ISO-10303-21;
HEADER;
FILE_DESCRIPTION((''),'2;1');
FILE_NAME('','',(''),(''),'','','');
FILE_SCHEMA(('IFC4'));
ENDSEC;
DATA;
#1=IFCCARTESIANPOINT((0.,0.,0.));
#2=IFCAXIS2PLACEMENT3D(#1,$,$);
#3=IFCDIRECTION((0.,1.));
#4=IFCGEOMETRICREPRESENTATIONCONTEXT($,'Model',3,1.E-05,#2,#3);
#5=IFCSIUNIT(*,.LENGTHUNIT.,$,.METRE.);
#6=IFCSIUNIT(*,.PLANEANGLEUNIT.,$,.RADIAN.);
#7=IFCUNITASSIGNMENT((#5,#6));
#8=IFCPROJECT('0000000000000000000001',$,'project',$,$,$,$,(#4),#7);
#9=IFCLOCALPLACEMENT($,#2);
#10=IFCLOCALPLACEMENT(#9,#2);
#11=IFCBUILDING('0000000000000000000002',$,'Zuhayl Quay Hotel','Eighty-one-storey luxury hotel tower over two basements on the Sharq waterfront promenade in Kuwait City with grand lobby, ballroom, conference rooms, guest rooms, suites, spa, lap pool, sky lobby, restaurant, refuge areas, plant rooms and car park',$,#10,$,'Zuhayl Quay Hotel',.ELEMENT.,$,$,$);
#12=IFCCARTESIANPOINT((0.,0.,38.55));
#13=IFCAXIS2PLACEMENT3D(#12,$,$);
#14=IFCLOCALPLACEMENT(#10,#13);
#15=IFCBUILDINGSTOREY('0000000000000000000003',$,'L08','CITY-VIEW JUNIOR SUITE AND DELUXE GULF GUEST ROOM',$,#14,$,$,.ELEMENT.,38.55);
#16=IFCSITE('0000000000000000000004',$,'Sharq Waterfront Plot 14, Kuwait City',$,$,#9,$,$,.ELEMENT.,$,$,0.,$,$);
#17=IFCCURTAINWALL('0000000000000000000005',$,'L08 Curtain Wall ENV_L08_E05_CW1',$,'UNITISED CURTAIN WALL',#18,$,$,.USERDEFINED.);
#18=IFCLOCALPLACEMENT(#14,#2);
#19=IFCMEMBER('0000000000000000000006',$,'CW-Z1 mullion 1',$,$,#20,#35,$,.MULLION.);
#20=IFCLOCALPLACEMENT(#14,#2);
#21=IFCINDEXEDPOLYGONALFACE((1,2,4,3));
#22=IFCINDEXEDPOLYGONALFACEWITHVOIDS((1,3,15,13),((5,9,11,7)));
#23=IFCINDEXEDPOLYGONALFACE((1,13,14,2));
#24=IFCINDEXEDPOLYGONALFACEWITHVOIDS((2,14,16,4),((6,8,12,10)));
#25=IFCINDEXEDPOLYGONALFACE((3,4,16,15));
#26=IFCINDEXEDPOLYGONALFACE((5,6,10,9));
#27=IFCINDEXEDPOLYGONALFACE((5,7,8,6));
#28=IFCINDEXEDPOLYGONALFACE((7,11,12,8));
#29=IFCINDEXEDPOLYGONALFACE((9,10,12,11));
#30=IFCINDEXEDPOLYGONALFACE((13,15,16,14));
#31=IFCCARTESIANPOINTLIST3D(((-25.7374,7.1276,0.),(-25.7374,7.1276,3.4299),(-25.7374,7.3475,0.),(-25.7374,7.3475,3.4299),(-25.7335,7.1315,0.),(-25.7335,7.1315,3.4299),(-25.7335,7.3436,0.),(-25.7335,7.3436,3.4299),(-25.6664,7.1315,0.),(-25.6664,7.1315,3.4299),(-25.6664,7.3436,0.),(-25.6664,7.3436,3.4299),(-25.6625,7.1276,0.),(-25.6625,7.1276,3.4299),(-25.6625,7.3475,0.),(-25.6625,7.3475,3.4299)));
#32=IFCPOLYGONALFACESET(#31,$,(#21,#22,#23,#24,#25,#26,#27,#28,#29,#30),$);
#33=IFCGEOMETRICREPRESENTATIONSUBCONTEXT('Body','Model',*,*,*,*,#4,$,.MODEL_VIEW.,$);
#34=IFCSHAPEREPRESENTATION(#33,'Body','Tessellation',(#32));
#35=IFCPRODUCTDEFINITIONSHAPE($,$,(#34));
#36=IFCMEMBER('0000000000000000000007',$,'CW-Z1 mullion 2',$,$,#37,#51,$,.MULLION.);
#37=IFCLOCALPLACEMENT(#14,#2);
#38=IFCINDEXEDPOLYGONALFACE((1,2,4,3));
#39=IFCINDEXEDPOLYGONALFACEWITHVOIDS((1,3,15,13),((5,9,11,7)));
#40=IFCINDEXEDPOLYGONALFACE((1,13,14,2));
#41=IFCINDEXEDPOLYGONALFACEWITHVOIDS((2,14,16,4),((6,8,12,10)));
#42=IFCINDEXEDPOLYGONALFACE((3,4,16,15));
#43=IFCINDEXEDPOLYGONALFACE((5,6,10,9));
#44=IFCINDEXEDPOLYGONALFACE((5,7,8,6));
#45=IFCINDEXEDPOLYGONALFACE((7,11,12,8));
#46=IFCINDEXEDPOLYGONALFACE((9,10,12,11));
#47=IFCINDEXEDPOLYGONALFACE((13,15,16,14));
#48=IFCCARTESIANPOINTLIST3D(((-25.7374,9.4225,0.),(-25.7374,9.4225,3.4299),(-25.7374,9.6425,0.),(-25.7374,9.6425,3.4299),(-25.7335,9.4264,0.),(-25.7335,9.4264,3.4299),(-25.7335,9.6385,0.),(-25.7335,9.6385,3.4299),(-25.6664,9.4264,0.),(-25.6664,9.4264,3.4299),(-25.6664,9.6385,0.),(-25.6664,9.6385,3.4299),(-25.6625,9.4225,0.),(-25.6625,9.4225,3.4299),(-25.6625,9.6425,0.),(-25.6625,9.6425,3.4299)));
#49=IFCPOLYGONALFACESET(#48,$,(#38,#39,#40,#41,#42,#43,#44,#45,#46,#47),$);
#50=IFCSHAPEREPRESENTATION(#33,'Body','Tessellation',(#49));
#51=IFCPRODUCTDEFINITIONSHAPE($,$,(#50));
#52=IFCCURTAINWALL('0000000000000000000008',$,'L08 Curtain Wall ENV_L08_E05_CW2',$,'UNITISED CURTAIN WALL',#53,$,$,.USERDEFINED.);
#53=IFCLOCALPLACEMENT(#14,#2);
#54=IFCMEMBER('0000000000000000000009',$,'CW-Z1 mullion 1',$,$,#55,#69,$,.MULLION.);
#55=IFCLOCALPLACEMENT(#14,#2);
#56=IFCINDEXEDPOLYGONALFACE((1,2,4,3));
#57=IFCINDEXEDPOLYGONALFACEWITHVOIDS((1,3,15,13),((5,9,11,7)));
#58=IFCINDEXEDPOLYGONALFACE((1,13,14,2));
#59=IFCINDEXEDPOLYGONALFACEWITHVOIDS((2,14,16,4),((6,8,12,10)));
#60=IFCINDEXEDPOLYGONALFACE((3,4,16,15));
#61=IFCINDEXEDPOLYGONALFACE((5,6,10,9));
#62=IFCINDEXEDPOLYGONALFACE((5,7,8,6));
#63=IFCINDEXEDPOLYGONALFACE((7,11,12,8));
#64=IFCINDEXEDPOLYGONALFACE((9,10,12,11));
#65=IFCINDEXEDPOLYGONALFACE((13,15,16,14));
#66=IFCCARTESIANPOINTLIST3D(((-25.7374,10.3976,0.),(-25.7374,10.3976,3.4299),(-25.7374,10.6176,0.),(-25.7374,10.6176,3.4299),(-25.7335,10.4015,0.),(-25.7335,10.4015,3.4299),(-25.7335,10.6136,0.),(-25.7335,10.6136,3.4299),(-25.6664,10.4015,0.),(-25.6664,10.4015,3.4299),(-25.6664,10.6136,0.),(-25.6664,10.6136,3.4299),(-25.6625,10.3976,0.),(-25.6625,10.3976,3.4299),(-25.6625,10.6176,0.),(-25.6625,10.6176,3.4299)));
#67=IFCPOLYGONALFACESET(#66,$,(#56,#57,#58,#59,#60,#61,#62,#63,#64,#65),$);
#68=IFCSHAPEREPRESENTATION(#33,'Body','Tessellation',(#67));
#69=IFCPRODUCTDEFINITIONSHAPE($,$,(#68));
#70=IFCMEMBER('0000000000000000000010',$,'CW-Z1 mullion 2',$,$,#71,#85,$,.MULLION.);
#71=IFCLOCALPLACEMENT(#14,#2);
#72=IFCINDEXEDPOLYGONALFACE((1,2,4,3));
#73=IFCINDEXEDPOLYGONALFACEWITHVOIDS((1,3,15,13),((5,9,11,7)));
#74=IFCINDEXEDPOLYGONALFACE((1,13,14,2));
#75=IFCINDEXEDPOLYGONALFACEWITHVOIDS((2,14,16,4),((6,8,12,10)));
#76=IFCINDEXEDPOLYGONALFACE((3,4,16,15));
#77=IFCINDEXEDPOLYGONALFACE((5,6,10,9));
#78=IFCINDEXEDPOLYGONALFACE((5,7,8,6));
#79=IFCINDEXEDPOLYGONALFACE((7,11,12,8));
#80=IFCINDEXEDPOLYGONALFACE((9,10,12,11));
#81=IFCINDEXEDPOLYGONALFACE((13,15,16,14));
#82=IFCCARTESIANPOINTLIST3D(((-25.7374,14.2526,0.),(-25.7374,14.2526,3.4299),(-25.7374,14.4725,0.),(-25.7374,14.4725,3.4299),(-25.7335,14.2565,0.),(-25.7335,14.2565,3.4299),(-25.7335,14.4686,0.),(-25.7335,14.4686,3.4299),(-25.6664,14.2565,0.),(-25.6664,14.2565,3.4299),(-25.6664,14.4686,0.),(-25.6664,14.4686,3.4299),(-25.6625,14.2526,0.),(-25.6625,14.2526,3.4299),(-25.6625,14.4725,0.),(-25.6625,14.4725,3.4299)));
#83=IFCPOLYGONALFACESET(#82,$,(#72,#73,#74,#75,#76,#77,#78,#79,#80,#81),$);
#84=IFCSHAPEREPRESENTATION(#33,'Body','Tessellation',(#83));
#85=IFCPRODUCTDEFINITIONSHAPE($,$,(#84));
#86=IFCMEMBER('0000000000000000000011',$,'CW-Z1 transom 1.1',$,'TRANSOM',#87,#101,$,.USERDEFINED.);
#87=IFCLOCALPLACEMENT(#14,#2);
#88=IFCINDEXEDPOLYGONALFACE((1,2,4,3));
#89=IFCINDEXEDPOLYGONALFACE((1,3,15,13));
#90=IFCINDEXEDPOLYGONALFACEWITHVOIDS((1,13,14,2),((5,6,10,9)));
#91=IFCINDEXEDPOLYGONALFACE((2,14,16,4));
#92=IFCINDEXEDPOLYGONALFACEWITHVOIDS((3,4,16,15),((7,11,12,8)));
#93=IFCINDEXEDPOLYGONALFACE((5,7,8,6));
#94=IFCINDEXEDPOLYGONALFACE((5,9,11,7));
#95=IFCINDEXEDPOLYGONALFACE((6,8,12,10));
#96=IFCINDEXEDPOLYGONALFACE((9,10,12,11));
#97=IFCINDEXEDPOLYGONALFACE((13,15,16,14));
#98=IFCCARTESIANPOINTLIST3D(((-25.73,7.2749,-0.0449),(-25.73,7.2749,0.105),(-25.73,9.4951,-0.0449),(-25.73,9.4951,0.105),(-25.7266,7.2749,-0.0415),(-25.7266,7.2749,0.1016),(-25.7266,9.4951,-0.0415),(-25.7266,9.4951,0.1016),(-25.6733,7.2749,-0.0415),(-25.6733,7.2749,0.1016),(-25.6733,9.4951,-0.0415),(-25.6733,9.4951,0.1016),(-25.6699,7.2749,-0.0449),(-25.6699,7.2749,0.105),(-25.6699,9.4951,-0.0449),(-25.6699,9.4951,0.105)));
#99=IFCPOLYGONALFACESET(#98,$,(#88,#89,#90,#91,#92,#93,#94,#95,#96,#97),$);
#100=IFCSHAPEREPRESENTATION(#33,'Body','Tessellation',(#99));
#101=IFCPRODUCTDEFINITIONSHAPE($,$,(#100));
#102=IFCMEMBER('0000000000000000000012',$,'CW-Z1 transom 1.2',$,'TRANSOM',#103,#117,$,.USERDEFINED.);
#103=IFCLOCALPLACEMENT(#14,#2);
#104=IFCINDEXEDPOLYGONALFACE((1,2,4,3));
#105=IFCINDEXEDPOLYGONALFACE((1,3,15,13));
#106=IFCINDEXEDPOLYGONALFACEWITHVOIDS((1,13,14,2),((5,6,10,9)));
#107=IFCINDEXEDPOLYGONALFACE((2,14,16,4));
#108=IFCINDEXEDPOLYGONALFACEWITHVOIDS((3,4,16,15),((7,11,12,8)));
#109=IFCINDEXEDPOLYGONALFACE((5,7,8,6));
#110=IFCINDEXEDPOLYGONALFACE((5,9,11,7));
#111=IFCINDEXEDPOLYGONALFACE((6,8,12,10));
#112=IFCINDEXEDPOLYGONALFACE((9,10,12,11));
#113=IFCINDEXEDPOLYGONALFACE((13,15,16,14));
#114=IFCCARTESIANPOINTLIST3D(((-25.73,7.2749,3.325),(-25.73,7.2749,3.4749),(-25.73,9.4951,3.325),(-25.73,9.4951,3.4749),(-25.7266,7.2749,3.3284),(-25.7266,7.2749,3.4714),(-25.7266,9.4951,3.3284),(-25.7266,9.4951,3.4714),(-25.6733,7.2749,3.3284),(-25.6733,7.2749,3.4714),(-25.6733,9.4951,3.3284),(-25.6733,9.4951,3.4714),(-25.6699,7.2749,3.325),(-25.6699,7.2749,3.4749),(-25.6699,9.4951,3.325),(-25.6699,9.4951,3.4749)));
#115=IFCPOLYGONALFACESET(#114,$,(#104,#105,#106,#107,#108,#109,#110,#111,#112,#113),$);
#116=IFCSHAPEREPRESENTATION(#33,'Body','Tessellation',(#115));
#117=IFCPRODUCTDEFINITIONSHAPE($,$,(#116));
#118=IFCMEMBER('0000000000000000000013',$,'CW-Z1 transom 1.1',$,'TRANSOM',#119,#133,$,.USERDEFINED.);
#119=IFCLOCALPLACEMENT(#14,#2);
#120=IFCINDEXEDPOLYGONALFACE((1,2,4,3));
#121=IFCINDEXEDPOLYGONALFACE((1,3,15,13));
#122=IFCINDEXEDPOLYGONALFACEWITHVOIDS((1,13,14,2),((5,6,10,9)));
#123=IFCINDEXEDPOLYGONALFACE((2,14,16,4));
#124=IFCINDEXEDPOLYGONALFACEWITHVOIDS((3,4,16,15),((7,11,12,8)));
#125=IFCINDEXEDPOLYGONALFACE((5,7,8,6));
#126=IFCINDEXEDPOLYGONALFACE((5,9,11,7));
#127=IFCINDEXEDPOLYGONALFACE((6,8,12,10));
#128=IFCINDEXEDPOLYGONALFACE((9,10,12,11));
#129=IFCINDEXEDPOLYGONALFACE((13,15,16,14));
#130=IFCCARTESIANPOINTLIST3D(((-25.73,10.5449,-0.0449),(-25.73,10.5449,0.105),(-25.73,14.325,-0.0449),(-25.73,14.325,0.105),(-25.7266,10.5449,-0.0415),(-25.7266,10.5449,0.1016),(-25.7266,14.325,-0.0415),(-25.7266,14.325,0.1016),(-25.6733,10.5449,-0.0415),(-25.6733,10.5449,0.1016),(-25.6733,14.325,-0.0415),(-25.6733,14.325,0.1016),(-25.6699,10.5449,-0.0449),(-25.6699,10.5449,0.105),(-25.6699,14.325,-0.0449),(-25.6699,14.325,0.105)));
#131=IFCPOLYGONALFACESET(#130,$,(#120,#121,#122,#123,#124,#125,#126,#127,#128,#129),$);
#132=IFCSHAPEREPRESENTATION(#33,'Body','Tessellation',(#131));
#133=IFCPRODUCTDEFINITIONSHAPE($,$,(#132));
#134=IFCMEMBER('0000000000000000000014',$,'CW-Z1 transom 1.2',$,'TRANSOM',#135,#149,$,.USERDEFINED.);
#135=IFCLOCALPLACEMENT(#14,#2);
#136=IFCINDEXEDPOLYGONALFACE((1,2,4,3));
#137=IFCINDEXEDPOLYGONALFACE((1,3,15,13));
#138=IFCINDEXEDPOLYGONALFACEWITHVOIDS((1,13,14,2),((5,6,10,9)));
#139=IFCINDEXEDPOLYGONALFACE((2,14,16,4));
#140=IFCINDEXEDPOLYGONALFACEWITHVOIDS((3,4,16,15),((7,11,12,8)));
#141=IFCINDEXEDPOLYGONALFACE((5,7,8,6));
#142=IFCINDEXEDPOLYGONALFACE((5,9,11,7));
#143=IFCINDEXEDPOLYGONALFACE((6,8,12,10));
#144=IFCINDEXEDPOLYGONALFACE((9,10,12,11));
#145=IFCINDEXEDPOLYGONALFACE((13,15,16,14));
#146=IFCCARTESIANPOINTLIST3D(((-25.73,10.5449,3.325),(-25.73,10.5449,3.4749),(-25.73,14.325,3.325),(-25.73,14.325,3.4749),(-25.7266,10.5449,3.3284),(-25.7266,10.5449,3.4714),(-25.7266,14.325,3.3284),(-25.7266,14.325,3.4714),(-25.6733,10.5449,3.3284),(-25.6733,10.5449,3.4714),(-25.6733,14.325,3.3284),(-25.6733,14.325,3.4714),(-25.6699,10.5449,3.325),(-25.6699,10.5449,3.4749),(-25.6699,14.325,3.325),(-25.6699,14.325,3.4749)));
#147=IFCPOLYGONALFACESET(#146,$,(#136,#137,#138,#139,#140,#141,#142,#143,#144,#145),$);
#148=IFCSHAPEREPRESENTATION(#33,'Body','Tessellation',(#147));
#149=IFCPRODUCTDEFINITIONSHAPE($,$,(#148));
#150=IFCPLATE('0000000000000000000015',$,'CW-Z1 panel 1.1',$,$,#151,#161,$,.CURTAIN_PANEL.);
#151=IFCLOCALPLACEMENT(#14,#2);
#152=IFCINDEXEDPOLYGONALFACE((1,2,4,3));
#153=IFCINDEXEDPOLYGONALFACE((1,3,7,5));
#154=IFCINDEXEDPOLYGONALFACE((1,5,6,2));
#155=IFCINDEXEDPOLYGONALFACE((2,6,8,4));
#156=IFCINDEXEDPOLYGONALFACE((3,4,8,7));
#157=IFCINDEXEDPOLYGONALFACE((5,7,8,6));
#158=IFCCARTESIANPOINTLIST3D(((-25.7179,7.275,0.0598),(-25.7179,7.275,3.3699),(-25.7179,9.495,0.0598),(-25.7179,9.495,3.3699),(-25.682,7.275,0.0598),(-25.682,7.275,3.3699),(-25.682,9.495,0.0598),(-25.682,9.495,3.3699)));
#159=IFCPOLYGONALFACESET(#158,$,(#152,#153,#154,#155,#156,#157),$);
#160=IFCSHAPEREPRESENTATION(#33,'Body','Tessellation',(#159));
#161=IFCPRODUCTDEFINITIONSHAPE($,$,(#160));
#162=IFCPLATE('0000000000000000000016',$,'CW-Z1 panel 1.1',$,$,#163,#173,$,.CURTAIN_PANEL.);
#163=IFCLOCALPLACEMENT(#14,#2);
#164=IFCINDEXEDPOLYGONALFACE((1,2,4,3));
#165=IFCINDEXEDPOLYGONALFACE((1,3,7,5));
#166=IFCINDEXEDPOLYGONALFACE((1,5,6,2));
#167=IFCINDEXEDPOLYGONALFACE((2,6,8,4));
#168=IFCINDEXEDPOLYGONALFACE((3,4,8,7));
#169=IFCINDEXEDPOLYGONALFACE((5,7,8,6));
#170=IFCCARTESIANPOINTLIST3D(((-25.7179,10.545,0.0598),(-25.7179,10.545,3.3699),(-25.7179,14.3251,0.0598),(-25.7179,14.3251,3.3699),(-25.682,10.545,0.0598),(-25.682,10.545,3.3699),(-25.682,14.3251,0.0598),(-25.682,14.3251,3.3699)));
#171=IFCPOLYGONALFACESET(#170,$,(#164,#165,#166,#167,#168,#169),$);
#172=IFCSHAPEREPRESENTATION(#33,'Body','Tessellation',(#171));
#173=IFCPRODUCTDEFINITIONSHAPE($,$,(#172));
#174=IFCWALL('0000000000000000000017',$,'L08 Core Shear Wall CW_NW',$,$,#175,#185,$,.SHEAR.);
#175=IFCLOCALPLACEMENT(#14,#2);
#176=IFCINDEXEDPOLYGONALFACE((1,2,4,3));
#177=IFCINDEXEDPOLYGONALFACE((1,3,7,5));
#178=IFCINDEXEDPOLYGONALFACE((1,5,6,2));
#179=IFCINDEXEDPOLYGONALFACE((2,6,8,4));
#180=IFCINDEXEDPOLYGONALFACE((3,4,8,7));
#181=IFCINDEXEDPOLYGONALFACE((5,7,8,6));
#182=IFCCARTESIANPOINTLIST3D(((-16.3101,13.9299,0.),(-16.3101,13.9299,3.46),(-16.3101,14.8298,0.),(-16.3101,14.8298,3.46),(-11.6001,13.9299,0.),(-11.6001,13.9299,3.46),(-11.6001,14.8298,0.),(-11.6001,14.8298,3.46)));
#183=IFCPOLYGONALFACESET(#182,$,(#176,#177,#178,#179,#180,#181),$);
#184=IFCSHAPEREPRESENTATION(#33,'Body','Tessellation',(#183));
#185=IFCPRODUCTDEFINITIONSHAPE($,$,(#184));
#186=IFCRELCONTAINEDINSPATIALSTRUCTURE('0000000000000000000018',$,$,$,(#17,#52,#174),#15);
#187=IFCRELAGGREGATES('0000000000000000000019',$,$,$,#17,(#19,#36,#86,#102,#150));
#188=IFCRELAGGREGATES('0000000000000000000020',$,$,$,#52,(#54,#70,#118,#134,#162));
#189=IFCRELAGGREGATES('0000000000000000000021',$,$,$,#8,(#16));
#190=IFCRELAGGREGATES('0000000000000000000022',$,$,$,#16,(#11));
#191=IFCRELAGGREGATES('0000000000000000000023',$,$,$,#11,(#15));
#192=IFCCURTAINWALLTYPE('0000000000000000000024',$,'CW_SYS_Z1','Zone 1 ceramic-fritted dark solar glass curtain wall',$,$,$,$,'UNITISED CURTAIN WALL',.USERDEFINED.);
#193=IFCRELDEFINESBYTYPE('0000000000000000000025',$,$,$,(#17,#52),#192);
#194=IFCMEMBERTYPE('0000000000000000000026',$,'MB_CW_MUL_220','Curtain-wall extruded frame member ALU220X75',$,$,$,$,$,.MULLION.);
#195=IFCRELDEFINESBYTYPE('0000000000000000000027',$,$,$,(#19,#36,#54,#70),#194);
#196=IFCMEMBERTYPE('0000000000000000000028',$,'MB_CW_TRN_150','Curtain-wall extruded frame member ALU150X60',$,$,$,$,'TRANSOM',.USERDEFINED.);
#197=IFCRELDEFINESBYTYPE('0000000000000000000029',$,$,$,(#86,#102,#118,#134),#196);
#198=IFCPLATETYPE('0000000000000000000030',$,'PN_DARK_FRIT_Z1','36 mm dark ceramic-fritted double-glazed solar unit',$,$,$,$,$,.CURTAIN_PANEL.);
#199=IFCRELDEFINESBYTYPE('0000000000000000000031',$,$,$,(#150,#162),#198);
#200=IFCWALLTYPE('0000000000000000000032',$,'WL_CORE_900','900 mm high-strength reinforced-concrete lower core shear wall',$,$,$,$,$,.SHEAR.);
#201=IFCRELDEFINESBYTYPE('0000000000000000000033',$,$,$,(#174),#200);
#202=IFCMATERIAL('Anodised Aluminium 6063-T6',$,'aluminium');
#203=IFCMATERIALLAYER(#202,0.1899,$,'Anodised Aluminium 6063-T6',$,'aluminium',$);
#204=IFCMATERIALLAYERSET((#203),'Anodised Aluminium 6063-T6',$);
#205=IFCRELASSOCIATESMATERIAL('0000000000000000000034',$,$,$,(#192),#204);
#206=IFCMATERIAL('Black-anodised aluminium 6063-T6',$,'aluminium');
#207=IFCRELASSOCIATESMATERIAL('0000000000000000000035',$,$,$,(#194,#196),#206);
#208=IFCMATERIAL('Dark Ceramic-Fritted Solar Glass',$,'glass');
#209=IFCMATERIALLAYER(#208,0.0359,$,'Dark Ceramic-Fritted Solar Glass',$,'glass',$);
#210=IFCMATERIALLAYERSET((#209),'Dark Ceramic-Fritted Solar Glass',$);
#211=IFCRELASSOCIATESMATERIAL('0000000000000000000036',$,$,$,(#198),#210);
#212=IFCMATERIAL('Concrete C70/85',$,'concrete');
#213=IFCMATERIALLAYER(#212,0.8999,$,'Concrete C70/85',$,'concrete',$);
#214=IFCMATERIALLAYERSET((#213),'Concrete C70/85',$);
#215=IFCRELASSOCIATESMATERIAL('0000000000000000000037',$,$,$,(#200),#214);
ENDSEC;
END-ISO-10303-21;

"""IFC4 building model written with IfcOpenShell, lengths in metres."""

from ifc_helpers import new_model, si_unit, direction, frame, frame_2d, origin, origin_2d, place, context, subcontext, project, spatial, rectangle, hollow_rectangle, extrude, material, layer, layer_set, material_profile, profile_set, type_object, element, aggregate, save


model = new_model("IFC4")

# Units and contexts
model_context = context("Model", 3, precision=1e-05, world=origin(), true_north=direction((0.0, 1.0)))
body_context = subcontext(model_context, "Body", "Model", "MODEL_VIEW")
ifc_project = project(units=[si_unit("LENGTHUNIT", "METRE"), si_unit("PLANEANGLEUNIT", "RADIAN")], contexts=[model_context])

# Site, building, storey
site_placement = place(None, origin())
site = spatial("IfcSite", under=ifc_project, at=site_placement, Name="Sharq Waterfront Plot 14, Kuwait City", CompositionType="ELEMENT", RefElevation=0.0)
building_placement = place(site_placement, origin())
building = spatial("IfcBuilding", under=site, at=building_placement, Name="Zuhayl Quay Hotel", Description="Eighty-one-storey luxury hotel tower over two basements on the Sharq waterfront promenade in Kuwait City with grand lobby, ballroom, conference rooms, guest rooms, suites, spa, lap pool, sky lobby, restaurant, refuge areas, plant rooms and car park", LongName="Zuhayl Quay Hotel", CompositionType="ELEMENT")
storey_placement = place(building_placement, frame((0.0, 0.0, 38.55)))
storey = spatial("IfcBuildingStorey", under=building, at=storey_placement, Name="L08", Description="CITY-VIEW JUNIOR SUITE AND DELUXE GULF GUEST ROOM", CompositionType="ELEMENT", Elevation=38.55)

# Curtain walls, members
ifc_material_1 = material(Name="Anodised Aluminium 6063-T6", Category="aluminium")
ifc_layer_1 = layer(ifc_material_1, 0.1899, Name="Anodised Aluminium 6063-T6", Category="aluminium")
ifc_layer_set_1 = layer_set([ifc_layer_1], Name="Anodised Aluminium 6063-T6")
curtain_wall_type = type_object("IfcCurtainWallType", Name="CW_SYS_Z1", Description="Zone 1 ceramic-fritted dark solar glass curtain wall", ElementType="UNITISED CURTAIN WALL", PredefinedType="USERDEFINED", material=ifc_layer_set_1)
curtain_wall_1_placement = place(storey_placement, origin())
curtain_wall_1 = element("IfcCurtainWall", 1, at=curtain_wall_1_placement, inside=storey, type_object=curtain_wall_type, Name="L08 Curtain Wall ENV_L08_E05_CW1", ObjectType="UNITISED CURTAIN WALL", PredefinedType="USERDEFINED")
ifc_material_2 = material(Name="Black-anodised aluminium 6063-T6", Category="aluminium")
ifc_material_profile_1 = material_profile(ifc_material_2, hollow_rectangle(XDim=0.075, YDim=0.22, WallThickness=0.0039, at=origin_2d()), Name="ALU220X75")
ifc_profile_set_1 = profile_set([ifc_material_profile_1], Name="Black-anodised aluminium 6063-T6")
member_type_1 = type_object("IfcMemberType", Name="MB_CW_MUL_220", Description="Curtain-wall extruded frame member ALU220X75", PredefinedType="MULLION", material=ifc_profile_set_1)
member_1_placement = place(storey_placement, frame((-25.7, 7.2375, 0.0), z_axis=(0.0, 0.0, 1.0), x_axis=(-1.0, 0.0, 0.0)))
member_1 = element("IfcMember", 2, at=member_1_placement, type_object=member_type_1, Name="CW-Z1 mullion 1", PredefinedType="MULLION", context=body_context, shape_type="SweptSolid", body=[
    extrude(hollow_rectangle(XDim=0.075, YDim=0.22, WallThickness=0.0039, at=origin_2d()), origin(), (0.0, 0.0, 1.0), 3.4299),
])
member_2_placement = place(storey_placement, frame((-25.7, 9.5325, 0.0), z_axis=(0.0, 0.0, 1.0), x_axis=(-1.0, 0.0, 0.0)))
member_2 = element("IfcMember", 3, at=member_2_placement, type_object=member_type_1, Name="CW-Z1 mullion 2", PredefinedType="MULLION", context=body_context, shape_type="SweptSolid", body=[
    extrude(hollow_rectangle(XDim=0.075, YDim=0.22, WallThickness=0.0039, at=origin_2d()), origin(), (0.0, 0.0, 1.0), 3.4299),
])
curtain_wall_2_placement = place(storey_placement, origin())
curtain_wall_2 = element("IfcCurtainWall", 4, at=curtain_wall_2_placement, inside=storey, type_object=curtain_wall_type, Name="L08 Curtain Wall ENV_L08_E05_CW2", ObjectType="UNITISED CURTAIN WALL", PredefinedType="USERDEFINED")
member_3_placement = place(storey_placement, frame((-25.7, 10.5076, 0.0), z_axis=(0.0, 0.0, 1.0), x_axis=(-1.0, 0.0, 0.0)))
member_3 = element("IfcMember", 5, at=member_3_placement, type_object=member_type_1, Name="CW-Z1 mullion 1", PredefinedType="MULLION", context=body_context, shape_type="SweptSolid", body=[
    extrude(hollow_rectangle(XDim=0.075, YDim=0.22, WallThickness=0.0039, at=origin_2d()), origin(), (0.0, 0.0, 1.0), 3.4299),
])
member_4_placement = place(storey_placement, frame((-25.7, 14.3625, 0.0), z_axis=(0.0, 0.0, 1.0), x_axis=(-1.0, 0.0, 0.0)))
member_4 = element("IfcMember", 6, at=member_4_placement, type_object=member_type_1, Name="CW-Z1 mullion 2", PredefinedType="MULLION", context=body_context, shape_type="SweptSolid", body=[
    extrude(hollow_rectangle(XDim=0.075, YDim=0.22, WallThickness=0.0039, at=origin_2d()), origin(), (0.0, 0.0, 1.0), 3.4299),
])

# Members
ifc_material_profile_2 = material_profile(ifc_material_2, hollow_rectangle(XDim=0.0601, YDim=0.1499, WallThickness=0.0034, at=origin_2d()), Name="ALU150X60")
ifc_profile_set_2 = profile_set([ifc_material_profile_2], Name="Black-anodised aluminium 6063-T6")
member_type_2 = type_object("IfcMemberType", Name="MB_CW_TRN_150", Description="Curtain-wall extruded frame member ALU150X60", ElementType="TRANSOM", PredefinedType="USERDEFINED", material=ifc_profile_set_2)
member_5_placement = place(storey_placement, frame((-25.7, 7.2749, 0.03), z_axis=(0.0, 1.0, 0.0), x_axis=(-1.0, 0.0, 0.0)))
member_5 = element("IfcMember", 7, at=member_5_placement, type_object=member_type_2, Name="CW-Z1 transom 1.1", ObjectType="TRANSOM", PredefinedType="USERDEFINED", context=body_context, shape_type="SweptSolid", body=[
    extrude(hollow_rectangle(XDim=0.0601, YDim=0.1499, WallThickness=0.0034, at=origin_2d()), origin(), (0.0, 0.0, 1.0), 2.2202),
])
member_6_placement = place(storey_placement, frame((-25.7, 7.2749, 3.3999), z_axis=(0.0, 1.0, 0.0), x_axis=(-1.0, 0.0, 0.0)))
member_6 = element("IfcMember", 8, at=member_6_placement, type_object=member_type_2, Name="CW-Z1 transom 1.2", ObjectType="TRANSOM", PredefinedType="USERDEFINED", context=body_context, shape_type="SweptSolid", body=[
    extrude(hollow_rectangle(XDim=0.0601, YDim=0.1499, WallThickness=0.0034, at=origin_2d()), origin(), (0.0, 0.0, 1.0), 2.2202),
])
member_7_placement = place(storey_placement, frame((-25.7, 10.5449, 0.03), z_axis=(0.0, 1.0, 0.0), x_axis=(-1.0, 0.0, 0.0)))
member_7 = element("IfcMember", 9, at=member_7_placement, type_object=member_type_2, Name="CW-Z1 transom 1.1", ObjectType="TRANSOM", PredefinedType="USERDEFINED", context=body_context, shape_type="SweptSolid", body=[
    extrude(hollow_rectangle(XDim=0.0601, YDim=0.1499, WallThickness=0.0034, at=origin_2d()), origin(), (0.0, 0.0, 1.0), 3.78),
])
member_8_placement = place(storey_placement, frame((-25.7, 10.5449, 3.3999), z_axis=(0.0, 1.0, 0.0), x_axis=(-1.0, 0.0, 0.0)))
member_8 = element("IfcMember", 10, at=member_8_placement, type_object=member_type_2, Name="CW-Z1 transom 1.2", ObjectType="TRANSOM", PredefinedType="USERDEFINED", context=body_context, shape_type="SweptSolid", body=[
    extrude(hollow_rectangle(XDim=0.0601, YDim=0.1499, WallThickness=0.0034, at=origin_2d()), origin(), (0.0, 0.0, 1.0), 3.78),
])

# Plates
ifc_material_3 = material(Name="Dark Ceramic-Fritted Solar Glass", Category="glass")
ifc_layer_2 = layer(ifc_material_3, 0.0359, Name="Dark Ceramic-Fritted Solar Glass", Category="glass")
ifc_layer_set_2 = layer_set([ifc_layer_2], Name="Dark Ceramic-Fritted Solar Glass")
plate_type = type_object("IfcPlateType", Name="PN_DARK_FRIT_Z1", Description="36 mm dark ceramic-fritted double-glazed solar unit", PredefinedType="CURTAIN_PANEL", material=ifc_layer_set_2)
plate_1_placement = place(storey_placement, frame((-25.7, 8.385, 0.0598), z_axis=(0.0, 0.0, 1.0), x_axis=(0.0, 1.0, 0.0)))
plate_1 = element("IfcPlate", 11, at=plate_1_placement, type_object=plate_type, Name="CW-Z1 panel 1.1", PredefinedType="CURTAIN_PANEL", context=body_context, shape_type="SweptSolid", body=[
    extrude(rectangle(XDim=2.22, YDim=0.0359, at=origin_2d()), origin(), (0.0, 0.0, 1.0), 3.3101),
])
aggregate(curtain_wall_1, [member_1, member_2, member_5, member_6, plate_1])
plate_2_placement = place(storey_placement, frame((-25.7, 12.4351, 0.0598), z_axis=(0.0, 0.0, 1.0), x_axis=(0.0, 1.0, 0.0)))
plate_2 = element("IfcPlate", 12, at=plate_2_placement, type_object=plate_type, Name="CW-Z1 panel 1.1", PredefinedType="CURTAIN_PANEL", context=body_context, shape_type="SweptSolid", body=[
    extrude(rectangle(XDim=3.78, YDim=0.0359, at=origin_2d()), origin(), (0.0, 0.0, 1.0), 3.3101),
])
aggregate(curtain_wall_2, [member_3, member_4, member_7, member_8, plate_2])

# Wall
ifc_material_4 = material(Name="Concrete C70/85", Category="concrete")
ifc_layer_3 = layer(ifc_material_4, 0.8999, Name="Concrete C70/85", Category="concrete")
ifc_layer_set_3 = layer_set([ifc_layer_3], Name="Concrete C70/85")
wall_type_1 = type_object("IfcWallType", Name="WL_CORE_900", Description="900 mm high-strength reinforced-concrete lower core shear wall", PredefinedType="SHEAR", material=ifc_layer_set_3)
wall_1_placement = place(storey_placement, frame((-16.3101, 14.3799, 0.0), z_axis=(0.0, 0.0, 1.0), x_axis=(1.0, 0.0, 0.0)))
element("IfcWall", 13, at=wall_1_placement, inside=storey, type_object=wall_type_1, Name="L08 Core Shear Wall CW_NW", PredefinedType="SHEAR", context=body_context, shape_type="SweptSolid", body=[
    extrude(rectangle(XDim=4.71, YDim=0.8999, at=frame_2d((2.355, 0.0))), origin(), (0.0, 0.0, 1.0), 3.46),
])

save(model, "model.ifc")
